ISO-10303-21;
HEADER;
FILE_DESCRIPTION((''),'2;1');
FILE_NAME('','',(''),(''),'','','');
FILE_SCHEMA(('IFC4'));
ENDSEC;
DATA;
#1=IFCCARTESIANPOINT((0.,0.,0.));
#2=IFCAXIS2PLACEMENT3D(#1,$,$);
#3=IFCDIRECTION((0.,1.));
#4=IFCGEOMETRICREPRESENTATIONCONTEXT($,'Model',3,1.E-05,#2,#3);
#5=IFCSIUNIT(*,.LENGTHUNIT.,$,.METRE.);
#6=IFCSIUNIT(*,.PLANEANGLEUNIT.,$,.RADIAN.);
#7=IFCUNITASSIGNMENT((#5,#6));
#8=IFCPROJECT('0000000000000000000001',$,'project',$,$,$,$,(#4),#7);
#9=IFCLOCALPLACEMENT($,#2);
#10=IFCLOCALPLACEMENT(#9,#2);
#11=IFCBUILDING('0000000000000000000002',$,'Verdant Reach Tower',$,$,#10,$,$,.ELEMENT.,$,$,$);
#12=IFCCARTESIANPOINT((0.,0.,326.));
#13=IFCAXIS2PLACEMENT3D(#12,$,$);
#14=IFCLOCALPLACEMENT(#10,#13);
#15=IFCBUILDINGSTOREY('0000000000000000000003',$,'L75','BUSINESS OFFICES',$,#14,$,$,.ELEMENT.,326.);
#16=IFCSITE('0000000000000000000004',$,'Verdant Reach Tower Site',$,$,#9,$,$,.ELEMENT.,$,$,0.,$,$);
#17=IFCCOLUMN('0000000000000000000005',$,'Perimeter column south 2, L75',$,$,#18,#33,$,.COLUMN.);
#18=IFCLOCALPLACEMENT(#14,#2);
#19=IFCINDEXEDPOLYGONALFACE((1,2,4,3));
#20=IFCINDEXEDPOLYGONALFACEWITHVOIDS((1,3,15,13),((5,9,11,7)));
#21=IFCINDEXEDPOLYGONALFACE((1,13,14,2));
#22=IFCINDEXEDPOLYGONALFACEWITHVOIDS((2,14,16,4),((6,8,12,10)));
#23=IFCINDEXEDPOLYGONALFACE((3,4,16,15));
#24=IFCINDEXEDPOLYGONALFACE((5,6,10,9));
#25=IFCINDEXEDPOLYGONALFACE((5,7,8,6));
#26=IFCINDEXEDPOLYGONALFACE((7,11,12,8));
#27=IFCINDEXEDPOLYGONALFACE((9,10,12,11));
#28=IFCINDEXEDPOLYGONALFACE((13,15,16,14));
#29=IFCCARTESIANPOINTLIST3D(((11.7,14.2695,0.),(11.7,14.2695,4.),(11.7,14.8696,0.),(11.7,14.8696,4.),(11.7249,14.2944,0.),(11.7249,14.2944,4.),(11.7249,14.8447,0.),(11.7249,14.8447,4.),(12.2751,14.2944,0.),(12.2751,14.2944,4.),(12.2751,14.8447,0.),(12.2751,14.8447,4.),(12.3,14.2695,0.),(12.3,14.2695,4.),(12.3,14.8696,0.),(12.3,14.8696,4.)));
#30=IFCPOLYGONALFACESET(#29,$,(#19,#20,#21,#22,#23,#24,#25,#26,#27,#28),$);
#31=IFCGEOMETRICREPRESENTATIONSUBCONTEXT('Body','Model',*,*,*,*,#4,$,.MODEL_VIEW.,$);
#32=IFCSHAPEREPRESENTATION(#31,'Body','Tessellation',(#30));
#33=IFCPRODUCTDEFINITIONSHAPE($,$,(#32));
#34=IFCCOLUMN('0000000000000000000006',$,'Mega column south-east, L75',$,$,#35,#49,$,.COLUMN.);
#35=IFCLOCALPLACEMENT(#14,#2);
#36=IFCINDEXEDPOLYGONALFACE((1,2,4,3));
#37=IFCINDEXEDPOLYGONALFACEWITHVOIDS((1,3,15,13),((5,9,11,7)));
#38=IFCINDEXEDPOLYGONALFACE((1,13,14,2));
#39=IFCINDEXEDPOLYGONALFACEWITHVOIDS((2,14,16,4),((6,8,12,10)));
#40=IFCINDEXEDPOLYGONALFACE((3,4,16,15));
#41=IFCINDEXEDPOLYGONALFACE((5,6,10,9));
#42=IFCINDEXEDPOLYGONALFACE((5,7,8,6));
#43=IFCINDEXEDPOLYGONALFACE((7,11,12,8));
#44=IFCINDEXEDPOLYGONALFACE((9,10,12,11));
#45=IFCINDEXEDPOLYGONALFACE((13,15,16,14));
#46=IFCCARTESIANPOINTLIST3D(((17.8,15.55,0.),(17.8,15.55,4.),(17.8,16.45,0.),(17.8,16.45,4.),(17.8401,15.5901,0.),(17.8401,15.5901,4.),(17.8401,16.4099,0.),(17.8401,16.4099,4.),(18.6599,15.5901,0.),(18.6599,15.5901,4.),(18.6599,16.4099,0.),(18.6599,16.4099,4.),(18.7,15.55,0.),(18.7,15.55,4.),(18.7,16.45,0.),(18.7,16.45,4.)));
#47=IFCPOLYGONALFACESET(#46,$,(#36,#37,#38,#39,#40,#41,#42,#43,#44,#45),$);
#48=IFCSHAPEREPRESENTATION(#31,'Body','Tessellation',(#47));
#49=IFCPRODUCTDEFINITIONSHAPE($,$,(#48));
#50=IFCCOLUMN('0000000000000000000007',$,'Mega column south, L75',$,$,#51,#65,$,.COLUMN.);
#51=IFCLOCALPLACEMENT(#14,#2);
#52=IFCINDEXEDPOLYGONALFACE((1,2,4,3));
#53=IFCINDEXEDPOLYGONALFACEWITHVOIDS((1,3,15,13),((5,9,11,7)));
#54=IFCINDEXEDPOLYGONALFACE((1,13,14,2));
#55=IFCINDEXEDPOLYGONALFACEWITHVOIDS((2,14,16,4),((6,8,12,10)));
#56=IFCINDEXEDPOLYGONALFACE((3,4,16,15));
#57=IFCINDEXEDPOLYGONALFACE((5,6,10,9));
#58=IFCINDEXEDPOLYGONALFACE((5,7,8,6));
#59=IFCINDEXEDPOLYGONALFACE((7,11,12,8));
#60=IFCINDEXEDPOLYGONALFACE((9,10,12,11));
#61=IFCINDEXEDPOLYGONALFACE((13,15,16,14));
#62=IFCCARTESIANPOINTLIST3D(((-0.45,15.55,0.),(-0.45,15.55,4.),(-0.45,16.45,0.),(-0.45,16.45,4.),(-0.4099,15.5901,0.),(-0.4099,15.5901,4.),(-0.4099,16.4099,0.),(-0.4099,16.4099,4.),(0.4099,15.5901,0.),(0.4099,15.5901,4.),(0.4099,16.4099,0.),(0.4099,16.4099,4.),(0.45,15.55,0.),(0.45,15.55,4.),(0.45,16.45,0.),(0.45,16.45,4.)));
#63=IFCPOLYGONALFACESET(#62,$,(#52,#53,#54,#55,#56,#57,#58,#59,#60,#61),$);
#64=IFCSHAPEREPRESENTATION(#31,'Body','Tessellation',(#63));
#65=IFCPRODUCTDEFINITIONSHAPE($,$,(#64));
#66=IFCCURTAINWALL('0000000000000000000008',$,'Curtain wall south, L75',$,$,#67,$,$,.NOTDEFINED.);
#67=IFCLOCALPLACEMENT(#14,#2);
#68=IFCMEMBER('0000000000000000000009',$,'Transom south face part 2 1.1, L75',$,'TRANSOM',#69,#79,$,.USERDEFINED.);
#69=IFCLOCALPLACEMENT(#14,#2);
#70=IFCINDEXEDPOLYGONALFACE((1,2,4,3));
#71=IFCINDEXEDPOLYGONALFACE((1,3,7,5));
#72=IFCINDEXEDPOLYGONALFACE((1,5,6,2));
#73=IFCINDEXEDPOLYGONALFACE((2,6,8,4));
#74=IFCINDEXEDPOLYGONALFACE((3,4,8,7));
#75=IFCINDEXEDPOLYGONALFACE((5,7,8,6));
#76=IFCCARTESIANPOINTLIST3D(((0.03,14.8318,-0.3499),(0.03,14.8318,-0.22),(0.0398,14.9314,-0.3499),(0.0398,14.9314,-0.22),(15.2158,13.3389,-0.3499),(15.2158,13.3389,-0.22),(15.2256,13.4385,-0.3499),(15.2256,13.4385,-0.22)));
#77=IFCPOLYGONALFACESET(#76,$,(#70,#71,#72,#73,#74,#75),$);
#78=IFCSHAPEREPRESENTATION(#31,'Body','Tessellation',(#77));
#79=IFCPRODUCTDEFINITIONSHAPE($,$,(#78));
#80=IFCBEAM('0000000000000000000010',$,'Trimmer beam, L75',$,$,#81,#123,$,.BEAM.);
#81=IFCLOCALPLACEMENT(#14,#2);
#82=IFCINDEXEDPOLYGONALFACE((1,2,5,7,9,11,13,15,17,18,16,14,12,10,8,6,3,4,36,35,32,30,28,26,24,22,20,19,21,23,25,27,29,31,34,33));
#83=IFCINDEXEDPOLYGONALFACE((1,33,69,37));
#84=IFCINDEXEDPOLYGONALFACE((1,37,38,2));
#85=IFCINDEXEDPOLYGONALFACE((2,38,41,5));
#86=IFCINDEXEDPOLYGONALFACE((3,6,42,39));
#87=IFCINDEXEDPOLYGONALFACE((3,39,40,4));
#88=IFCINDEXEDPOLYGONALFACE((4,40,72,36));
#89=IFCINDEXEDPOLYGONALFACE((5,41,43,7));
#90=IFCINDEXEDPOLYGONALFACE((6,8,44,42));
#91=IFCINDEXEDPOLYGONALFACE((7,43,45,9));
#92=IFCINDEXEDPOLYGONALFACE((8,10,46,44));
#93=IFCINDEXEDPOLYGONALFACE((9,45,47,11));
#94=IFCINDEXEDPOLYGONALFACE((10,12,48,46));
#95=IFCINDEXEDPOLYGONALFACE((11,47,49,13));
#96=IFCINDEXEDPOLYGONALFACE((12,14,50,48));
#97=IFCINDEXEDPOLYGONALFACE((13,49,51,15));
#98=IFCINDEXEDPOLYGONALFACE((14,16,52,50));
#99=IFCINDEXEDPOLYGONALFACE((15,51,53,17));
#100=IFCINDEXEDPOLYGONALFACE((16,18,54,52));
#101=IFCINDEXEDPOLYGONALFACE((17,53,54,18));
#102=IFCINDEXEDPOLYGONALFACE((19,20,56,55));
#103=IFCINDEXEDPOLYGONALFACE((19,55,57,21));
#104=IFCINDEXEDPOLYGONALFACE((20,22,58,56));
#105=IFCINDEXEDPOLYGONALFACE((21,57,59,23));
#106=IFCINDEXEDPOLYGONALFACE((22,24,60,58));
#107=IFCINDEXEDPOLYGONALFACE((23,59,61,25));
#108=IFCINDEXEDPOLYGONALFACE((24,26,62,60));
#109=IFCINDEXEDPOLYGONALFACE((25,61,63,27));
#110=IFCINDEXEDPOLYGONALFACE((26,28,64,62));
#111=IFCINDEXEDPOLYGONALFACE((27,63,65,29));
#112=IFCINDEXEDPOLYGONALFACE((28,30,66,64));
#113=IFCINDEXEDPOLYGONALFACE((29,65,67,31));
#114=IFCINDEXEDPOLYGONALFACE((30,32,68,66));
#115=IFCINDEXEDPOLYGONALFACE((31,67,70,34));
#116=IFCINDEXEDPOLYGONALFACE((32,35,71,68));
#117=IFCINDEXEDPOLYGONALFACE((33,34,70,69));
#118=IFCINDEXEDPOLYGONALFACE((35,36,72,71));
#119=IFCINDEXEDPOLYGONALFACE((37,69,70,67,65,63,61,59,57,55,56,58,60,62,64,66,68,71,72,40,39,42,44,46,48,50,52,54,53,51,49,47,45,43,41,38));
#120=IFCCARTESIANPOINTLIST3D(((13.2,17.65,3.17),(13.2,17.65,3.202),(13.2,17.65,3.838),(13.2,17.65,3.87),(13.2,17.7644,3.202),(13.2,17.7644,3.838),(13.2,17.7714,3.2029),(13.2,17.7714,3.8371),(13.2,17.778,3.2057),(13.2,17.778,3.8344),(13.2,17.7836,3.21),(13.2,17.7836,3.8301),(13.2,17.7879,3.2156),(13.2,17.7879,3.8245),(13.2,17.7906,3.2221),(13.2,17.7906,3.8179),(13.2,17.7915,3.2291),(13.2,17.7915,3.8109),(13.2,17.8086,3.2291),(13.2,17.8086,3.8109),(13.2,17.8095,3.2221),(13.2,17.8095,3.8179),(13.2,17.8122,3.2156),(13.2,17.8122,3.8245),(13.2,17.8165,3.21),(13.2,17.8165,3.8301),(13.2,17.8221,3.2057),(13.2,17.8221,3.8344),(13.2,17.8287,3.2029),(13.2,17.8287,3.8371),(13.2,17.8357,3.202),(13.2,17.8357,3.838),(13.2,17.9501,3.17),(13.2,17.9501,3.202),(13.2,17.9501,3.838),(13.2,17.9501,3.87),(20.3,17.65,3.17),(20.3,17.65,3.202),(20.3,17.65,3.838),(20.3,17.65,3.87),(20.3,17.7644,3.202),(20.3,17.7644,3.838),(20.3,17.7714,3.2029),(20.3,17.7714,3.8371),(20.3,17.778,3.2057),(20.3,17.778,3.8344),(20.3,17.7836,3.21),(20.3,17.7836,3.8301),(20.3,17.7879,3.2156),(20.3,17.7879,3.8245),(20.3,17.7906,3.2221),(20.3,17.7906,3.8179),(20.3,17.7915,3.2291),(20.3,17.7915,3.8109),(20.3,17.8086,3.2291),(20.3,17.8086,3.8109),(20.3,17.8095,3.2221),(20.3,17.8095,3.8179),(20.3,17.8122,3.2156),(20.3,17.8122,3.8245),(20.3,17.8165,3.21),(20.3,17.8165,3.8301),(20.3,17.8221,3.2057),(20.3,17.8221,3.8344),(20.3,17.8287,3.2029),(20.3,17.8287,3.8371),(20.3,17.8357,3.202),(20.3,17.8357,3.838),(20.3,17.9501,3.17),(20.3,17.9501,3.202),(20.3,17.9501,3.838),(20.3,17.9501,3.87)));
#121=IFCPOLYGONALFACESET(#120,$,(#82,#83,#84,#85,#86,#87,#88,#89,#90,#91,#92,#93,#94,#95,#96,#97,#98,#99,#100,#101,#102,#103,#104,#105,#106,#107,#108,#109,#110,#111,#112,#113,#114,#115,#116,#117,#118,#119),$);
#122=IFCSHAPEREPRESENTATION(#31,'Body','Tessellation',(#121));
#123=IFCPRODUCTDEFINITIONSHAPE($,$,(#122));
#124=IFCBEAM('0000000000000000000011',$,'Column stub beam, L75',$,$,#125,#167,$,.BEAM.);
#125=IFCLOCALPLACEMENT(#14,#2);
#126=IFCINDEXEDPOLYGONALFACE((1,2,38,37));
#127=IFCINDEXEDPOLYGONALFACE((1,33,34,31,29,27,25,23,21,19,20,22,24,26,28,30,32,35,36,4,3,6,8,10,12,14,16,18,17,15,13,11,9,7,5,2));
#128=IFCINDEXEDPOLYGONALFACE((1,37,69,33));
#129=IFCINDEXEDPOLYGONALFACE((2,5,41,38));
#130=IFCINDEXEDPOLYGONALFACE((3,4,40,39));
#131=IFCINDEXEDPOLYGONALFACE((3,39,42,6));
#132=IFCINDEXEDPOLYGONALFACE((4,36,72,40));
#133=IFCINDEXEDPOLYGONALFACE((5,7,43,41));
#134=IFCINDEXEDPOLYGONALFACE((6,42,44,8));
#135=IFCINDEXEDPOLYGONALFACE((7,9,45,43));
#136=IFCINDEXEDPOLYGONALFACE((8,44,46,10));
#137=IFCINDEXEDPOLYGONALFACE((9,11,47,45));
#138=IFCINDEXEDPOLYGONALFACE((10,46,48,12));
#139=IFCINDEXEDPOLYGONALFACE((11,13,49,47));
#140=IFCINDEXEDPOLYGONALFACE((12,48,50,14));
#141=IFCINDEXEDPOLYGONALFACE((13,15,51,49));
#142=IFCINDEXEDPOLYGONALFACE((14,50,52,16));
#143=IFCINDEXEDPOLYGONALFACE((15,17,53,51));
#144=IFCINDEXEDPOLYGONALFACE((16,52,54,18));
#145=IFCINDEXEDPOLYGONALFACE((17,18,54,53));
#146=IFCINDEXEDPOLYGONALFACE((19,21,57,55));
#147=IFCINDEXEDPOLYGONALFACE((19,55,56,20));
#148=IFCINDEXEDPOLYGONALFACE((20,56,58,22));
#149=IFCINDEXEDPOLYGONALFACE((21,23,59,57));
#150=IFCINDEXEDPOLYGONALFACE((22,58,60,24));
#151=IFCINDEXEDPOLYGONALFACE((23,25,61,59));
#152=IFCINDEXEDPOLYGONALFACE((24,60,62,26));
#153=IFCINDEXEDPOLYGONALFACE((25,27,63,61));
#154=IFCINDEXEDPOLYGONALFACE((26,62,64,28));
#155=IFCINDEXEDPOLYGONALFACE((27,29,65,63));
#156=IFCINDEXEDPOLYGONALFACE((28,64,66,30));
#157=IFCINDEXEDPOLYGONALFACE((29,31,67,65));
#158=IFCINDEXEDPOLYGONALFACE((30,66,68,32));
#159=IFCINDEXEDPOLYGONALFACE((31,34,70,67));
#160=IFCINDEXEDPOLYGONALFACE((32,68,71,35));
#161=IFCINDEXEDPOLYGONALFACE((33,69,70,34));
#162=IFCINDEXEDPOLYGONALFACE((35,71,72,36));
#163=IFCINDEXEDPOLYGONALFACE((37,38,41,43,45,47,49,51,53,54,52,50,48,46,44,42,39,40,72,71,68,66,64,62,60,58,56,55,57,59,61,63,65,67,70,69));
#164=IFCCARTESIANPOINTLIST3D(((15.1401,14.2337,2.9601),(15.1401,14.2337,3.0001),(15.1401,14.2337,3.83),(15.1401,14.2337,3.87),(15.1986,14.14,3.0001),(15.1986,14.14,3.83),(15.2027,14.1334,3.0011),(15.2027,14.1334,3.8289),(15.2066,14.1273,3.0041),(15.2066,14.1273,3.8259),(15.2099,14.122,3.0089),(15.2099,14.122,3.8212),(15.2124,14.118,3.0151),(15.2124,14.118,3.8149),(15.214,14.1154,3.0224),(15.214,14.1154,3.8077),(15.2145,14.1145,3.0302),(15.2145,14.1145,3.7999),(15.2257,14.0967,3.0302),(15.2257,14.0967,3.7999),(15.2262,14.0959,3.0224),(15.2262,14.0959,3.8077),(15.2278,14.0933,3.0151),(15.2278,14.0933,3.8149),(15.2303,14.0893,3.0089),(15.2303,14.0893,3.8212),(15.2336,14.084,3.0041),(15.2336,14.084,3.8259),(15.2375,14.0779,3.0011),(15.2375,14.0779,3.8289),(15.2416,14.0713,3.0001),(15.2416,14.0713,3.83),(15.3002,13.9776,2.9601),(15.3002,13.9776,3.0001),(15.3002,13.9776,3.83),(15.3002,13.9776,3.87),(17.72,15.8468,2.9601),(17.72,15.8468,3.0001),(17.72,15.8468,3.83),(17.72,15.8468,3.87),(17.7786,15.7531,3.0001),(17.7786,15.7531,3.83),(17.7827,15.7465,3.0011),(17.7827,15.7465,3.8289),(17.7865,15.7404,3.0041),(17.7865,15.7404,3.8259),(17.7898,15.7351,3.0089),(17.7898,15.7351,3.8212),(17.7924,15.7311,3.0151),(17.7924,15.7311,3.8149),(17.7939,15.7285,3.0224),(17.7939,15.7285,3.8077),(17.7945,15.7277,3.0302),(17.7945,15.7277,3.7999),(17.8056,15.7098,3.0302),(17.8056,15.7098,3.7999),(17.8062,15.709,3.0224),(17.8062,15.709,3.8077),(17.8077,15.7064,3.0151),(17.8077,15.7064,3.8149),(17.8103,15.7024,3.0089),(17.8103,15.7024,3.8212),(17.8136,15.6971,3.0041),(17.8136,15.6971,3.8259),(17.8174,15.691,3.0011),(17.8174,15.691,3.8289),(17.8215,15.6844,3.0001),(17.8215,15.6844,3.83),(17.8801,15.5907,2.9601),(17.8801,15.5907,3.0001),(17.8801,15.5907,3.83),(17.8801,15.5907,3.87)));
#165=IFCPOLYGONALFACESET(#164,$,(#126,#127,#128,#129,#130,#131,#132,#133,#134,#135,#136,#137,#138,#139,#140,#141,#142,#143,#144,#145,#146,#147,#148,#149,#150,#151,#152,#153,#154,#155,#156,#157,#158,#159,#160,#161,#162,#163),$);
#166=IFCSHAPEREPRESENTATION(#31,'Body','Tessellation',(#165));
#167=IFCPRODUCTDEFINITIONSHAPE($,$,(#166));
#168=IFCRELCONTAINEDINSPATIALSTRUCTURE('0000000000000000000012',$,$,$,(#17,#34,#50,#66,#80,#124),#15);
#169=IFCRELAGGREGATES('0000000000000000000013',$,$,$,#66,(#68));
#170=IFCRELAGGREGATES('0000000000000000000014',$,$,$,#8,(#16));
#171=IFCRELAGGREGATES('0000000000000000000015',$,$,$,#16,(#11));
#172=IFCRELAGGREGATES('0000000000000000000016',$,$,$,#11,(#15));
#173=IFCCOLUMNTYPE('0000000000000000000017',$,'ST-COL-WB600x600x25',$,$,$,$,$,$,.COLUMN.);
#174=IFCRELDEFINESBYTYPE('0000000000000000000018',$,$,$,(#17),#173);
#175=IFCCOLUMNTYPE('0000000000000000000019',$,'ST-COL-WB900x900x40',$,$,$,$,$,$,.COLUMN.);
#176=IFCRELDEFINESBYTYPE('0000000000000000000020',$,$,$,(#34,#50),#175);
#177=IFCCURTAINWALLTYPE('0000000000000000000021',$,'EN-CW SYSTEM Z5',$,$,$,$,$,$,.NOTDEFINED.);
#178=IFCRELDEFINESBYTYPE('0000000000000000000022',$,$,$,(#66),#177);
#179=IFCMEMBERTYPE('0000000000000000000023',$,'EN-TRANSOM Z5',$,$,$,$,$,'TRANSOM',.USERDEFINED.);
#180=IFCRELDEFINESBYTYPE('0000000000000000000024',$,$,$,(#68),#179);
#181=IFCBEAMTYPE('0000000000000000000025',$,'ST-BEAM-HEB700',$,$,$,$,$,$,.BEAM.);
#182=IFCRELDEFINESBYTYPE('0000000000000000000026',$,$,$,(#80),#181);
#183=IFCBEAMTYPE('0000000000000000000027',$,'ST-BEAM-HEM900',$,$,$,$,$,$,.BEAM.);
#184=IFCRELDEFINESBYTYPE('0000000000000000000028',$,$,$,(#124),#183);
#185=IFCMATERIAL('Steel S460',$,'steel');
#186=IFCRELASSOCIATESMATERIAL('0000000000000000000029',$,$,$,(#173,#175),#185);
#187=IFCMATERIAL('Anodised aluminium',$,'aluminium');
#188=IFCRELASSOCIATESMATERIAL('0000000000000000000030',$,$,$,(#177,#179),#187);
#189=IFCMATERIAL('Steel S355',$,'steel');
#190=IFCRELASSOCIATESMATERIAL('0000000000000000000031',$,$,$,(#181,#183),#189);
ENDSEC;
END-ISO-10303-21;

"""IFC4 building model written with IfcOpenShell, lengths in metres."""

from ifc_helpers import new_model, si_unit, direction, frame, origin, origin_2d, place, context, subcontext, project, spatial, rectangle, hollow_rectangle, i_section, extrude, material, material_profile, profile_set, type_object, element, aggregate, save


model = new_model("IFC4")

# Units and contexts
model_context = context("Model", 3, precision=1e-05, world=origin(), true_north=direction((0.0, 1.0)))
body_context = subcontext(model_context, "Body", "Model", "MODEL_VIEW")
ifc_project = project(units=[si_unit("LENGTHUNIT", "METRE"), si_unit("PLANEANGLEUNIT", "RADIAN")], contexts=[model_context])

# Site, building, storey
site_placement = place(None, origin())
site = spatial("IfcSite", under=ifc_project, at=site_placement, Name="Verdant Reach Tower Site", CompositionType="ELEMENT", RefElevation=0.0)
building_placement = place(site_placement, origin())
building = spatial("IfcBuilding", under=site, at=building_placement, Name="Verdant Reach Tower", CompositionType="ELEMENT")
storey_placement = place(building_placement, frame((0.0, 0.0, 326.0)))
storey = spatial("IfcBuildingStorey", under=building, at=storey_placement, Name="L75", Description="BUSINESS OFFICES", CompositionType="ELEMENT", Elevation=326.0)

# Columns
ifc_material_1 = material(Name="Steel S460", Category="steel")
ifc_material_profile_1 = material_profile(ifc_material_1, hollow_rectangle(XDim=0.6001, YDim=0.6001, WallThickness=0.0249, at=origin_2d()), Name="WB 600x600x25")
ifc_profile_set_1 = profile_set([ifc_material_profile_1], Name="Steel S460")
column_type_1 = type_object("IfcColumnType", Name="ST-COL-WB600x600x25", PredefinedType="COLUMN", material=ifc_profile_set_1)
column_placement = place(storey_placement, frame((12.0, 14.5696, 0.0), z_axis=(0.0, 0.0, 1.0), x_axis=(1.0, 0.0, 0.0)))
element("IfcColumn", 1, at=column_placement, inside=storey, type_object=column_type_1, Name="Perimeter column south 2, L75", PredefinedType="COLUMN", context=body_context, shape_type="SweptSolid", body=[
    extrude(hollow_rectangle(XDim=0.6001, YDim=0.6001, WallThickness=0.0249, at=origin_2d()), origin(), (0.0, 0.0, 1.0), 4.0),
])
ifc_material_profile_2 = material_profile(ifc_material_1, hollow_rectangle(XDim=0.8999, YDim=0.8999, WallThickness=0.04, at=origin_2d()), Name="WB 900x900x40")
ifc_profile_set_2 = profile_set([ifc_material_profile_2], Name="Steel S460")
column_type_2 = type_object("IfcColumnType", Name="ST-COL-WB900x900x40", PredefinedType="COLUMN", material=ifc_profile_set_2)
for number, where, z_axis, x_axis, name in (
    (2, (18.25, 16.0, 0.0), (0.0, 0.0, 1.0), (1.0, 0.0, 0.0), "Mega column south-east, L75"),
    (3, (0.0, 16.0, 0.0), (0.0, 0.0, 1.0), (1.0, 0.0, 0.0), "Mega column south, L75"),
):
    element("IfcColumn", number, at=place(storey_placement, frame(where, z_axis=z_axis, x_axis=x_axis)), inside=storey, type_object=column_type_2, Name=name, PredefinedType="COLUMN", context=body_context, shape_type="SweptSolid", body=[
        extrude(hollow_rectangle(XDim=0.8999, YDim=0.8999, WallThickness=0.04, at=origin_2d()), origin(), (0.0, 0.0, 1.0), 4.0),
    ])

# Curtain wall, member
ifc_material_2 = material(Name="Anodised aluminium", Category="aluminium")
curtain_wall_type = type_object("IfcCurtainWallType", Name="EN-CW SYSTEM Z5", PredefinedType="NOTDEFINED", material=ifc_material_2)
curtain_wall_1_placement = place(storey_placement, origin())
curtain_wall_1 = element("IfcCurtainWall", 4, at=curtain_wall_1_placement, inside=storey, type_object=curtain_wall_type, Name="Curtain wall south, L75", PredefinedType="NOTDEFINED")
ifc_material_profile_3 = material_profile(ifc_material_2, rectangle(XDim=0.1001, YDim=0.1299, at=origin_2d()), Name="Transom 130x100")
ifc_profile_set_3 = profile_set([ifc_material_profile_3], Name="Anodised aluminium")
member_type = type_object("IfcMemberType", Name="EN-TRANSOM Z5", ElementType="TRANSOM", PredefinedType="USERDEFINED", material=ifc_profile_set_3)
member_placement = place(storey_placement, frame((0.0349, 14.8816, -0.2849), z_axis=(0.995202, -0.097839, 0.0), x_axis=(0.097839, 0.995202, 0.0)))
member = element("IfcMember", 5, at=member_placement, type_object=member_type, Name="Transom south face part 2 1.1, L75", ObjectType="TRANSOM", PredefinedType="USERDEFINED", context=body_context, shape_type="SweptSolid", body=[
    extrude(rectangle(XDim=0.1001, YDim=0.1299, at=origin_2d()), origin(), (0.0, 0.0, 1.0), 15.259),
])

# Beams
ifc_material_3 = material(Name="Steel S355", Category="steel")
ifc_material_profile_4 = material_profile(ifc_material_3, i_section(OverallWidth=0.3, OverallDepth=0.7, WebThickness=0.0171, FlangeThickness=0.032, FilletRadius=0.0271, at=origin_2d()), Name="HEB 700")
ifc_profile_set_4 = profile_set([ifc_material_profile_4], Name="Steel S355")
beam_type_1 = type_object("IfcBeamType", Name="ST-BEAM-HEB700", PredefinedType="BEAM", material=ifc_profile_set_4)
beam_1_placement = place(storey_placement, frame((13.2, 17.8, 3.52), z_axis=(1.0, 0.0, 0.0), x_axis=(0.0, 1.0, 0.0)))
element("IfcBeam", 6, at=beam_1_placement, inside=storey, type_object=beam_type_1, Name="Trimmer beam, L75", PredefinedType="BEAM", context=body_context, shape_type="SweptSolid", body=[
    extrude(i_section(OverallWidth=0.3, OverallDepth=0.7, WebThickness=0.0171, FlangeThickness=0.032, FilletRadius=0.0271, at=origin_2d()), origin(), (0.0, 0.0, 1.0), 7.1001),
])
ifc_material_profile_5 = material_profile(ifc_material_3, i_section(OverallWidth=0.302, OverallDepth=0.9099, WebThickness=0.021, FlangeThickness=0.04, FilletRadius=0.03, at=origin_2d()), Name="HEM 900")
ifc_profile_set_5 = profile_set([ifc_material_profile_5], Name="Steel S355")
beam_type_2 = type_object("IfcBeamType", Name="ST-BEAM-HEM900", PredefinedType="BEAM", material=ifc_profile_set_5)
beam_2_placement = place(storey_placement, frame((17.8, 15.7188, 3.415), z_axis=(-0.847904, -0.53015, 0.0), x_axis=(0.53015, -0.847904, 0.0)))
element("IfcBeam", 7, at=beam_2_placement, inside=storey, type_object=beam_type_2, Name="Column stub beam, L75", PredefinedType="BEAM", context=body_context, shape_type="SweptSolid", body=[
    extrude(i_section(OverallWidth=0.302, OverallDepth=0.9099, WebThickness=0.021, FlangeThickness=0.04, FilletRadius=0.03, at=origin_2d()), origin(), (0.0, 0.0, 1.0), 3.0427),
])

aggregate(curtain_wall_1, [member])

save(model, "model.ifc")
